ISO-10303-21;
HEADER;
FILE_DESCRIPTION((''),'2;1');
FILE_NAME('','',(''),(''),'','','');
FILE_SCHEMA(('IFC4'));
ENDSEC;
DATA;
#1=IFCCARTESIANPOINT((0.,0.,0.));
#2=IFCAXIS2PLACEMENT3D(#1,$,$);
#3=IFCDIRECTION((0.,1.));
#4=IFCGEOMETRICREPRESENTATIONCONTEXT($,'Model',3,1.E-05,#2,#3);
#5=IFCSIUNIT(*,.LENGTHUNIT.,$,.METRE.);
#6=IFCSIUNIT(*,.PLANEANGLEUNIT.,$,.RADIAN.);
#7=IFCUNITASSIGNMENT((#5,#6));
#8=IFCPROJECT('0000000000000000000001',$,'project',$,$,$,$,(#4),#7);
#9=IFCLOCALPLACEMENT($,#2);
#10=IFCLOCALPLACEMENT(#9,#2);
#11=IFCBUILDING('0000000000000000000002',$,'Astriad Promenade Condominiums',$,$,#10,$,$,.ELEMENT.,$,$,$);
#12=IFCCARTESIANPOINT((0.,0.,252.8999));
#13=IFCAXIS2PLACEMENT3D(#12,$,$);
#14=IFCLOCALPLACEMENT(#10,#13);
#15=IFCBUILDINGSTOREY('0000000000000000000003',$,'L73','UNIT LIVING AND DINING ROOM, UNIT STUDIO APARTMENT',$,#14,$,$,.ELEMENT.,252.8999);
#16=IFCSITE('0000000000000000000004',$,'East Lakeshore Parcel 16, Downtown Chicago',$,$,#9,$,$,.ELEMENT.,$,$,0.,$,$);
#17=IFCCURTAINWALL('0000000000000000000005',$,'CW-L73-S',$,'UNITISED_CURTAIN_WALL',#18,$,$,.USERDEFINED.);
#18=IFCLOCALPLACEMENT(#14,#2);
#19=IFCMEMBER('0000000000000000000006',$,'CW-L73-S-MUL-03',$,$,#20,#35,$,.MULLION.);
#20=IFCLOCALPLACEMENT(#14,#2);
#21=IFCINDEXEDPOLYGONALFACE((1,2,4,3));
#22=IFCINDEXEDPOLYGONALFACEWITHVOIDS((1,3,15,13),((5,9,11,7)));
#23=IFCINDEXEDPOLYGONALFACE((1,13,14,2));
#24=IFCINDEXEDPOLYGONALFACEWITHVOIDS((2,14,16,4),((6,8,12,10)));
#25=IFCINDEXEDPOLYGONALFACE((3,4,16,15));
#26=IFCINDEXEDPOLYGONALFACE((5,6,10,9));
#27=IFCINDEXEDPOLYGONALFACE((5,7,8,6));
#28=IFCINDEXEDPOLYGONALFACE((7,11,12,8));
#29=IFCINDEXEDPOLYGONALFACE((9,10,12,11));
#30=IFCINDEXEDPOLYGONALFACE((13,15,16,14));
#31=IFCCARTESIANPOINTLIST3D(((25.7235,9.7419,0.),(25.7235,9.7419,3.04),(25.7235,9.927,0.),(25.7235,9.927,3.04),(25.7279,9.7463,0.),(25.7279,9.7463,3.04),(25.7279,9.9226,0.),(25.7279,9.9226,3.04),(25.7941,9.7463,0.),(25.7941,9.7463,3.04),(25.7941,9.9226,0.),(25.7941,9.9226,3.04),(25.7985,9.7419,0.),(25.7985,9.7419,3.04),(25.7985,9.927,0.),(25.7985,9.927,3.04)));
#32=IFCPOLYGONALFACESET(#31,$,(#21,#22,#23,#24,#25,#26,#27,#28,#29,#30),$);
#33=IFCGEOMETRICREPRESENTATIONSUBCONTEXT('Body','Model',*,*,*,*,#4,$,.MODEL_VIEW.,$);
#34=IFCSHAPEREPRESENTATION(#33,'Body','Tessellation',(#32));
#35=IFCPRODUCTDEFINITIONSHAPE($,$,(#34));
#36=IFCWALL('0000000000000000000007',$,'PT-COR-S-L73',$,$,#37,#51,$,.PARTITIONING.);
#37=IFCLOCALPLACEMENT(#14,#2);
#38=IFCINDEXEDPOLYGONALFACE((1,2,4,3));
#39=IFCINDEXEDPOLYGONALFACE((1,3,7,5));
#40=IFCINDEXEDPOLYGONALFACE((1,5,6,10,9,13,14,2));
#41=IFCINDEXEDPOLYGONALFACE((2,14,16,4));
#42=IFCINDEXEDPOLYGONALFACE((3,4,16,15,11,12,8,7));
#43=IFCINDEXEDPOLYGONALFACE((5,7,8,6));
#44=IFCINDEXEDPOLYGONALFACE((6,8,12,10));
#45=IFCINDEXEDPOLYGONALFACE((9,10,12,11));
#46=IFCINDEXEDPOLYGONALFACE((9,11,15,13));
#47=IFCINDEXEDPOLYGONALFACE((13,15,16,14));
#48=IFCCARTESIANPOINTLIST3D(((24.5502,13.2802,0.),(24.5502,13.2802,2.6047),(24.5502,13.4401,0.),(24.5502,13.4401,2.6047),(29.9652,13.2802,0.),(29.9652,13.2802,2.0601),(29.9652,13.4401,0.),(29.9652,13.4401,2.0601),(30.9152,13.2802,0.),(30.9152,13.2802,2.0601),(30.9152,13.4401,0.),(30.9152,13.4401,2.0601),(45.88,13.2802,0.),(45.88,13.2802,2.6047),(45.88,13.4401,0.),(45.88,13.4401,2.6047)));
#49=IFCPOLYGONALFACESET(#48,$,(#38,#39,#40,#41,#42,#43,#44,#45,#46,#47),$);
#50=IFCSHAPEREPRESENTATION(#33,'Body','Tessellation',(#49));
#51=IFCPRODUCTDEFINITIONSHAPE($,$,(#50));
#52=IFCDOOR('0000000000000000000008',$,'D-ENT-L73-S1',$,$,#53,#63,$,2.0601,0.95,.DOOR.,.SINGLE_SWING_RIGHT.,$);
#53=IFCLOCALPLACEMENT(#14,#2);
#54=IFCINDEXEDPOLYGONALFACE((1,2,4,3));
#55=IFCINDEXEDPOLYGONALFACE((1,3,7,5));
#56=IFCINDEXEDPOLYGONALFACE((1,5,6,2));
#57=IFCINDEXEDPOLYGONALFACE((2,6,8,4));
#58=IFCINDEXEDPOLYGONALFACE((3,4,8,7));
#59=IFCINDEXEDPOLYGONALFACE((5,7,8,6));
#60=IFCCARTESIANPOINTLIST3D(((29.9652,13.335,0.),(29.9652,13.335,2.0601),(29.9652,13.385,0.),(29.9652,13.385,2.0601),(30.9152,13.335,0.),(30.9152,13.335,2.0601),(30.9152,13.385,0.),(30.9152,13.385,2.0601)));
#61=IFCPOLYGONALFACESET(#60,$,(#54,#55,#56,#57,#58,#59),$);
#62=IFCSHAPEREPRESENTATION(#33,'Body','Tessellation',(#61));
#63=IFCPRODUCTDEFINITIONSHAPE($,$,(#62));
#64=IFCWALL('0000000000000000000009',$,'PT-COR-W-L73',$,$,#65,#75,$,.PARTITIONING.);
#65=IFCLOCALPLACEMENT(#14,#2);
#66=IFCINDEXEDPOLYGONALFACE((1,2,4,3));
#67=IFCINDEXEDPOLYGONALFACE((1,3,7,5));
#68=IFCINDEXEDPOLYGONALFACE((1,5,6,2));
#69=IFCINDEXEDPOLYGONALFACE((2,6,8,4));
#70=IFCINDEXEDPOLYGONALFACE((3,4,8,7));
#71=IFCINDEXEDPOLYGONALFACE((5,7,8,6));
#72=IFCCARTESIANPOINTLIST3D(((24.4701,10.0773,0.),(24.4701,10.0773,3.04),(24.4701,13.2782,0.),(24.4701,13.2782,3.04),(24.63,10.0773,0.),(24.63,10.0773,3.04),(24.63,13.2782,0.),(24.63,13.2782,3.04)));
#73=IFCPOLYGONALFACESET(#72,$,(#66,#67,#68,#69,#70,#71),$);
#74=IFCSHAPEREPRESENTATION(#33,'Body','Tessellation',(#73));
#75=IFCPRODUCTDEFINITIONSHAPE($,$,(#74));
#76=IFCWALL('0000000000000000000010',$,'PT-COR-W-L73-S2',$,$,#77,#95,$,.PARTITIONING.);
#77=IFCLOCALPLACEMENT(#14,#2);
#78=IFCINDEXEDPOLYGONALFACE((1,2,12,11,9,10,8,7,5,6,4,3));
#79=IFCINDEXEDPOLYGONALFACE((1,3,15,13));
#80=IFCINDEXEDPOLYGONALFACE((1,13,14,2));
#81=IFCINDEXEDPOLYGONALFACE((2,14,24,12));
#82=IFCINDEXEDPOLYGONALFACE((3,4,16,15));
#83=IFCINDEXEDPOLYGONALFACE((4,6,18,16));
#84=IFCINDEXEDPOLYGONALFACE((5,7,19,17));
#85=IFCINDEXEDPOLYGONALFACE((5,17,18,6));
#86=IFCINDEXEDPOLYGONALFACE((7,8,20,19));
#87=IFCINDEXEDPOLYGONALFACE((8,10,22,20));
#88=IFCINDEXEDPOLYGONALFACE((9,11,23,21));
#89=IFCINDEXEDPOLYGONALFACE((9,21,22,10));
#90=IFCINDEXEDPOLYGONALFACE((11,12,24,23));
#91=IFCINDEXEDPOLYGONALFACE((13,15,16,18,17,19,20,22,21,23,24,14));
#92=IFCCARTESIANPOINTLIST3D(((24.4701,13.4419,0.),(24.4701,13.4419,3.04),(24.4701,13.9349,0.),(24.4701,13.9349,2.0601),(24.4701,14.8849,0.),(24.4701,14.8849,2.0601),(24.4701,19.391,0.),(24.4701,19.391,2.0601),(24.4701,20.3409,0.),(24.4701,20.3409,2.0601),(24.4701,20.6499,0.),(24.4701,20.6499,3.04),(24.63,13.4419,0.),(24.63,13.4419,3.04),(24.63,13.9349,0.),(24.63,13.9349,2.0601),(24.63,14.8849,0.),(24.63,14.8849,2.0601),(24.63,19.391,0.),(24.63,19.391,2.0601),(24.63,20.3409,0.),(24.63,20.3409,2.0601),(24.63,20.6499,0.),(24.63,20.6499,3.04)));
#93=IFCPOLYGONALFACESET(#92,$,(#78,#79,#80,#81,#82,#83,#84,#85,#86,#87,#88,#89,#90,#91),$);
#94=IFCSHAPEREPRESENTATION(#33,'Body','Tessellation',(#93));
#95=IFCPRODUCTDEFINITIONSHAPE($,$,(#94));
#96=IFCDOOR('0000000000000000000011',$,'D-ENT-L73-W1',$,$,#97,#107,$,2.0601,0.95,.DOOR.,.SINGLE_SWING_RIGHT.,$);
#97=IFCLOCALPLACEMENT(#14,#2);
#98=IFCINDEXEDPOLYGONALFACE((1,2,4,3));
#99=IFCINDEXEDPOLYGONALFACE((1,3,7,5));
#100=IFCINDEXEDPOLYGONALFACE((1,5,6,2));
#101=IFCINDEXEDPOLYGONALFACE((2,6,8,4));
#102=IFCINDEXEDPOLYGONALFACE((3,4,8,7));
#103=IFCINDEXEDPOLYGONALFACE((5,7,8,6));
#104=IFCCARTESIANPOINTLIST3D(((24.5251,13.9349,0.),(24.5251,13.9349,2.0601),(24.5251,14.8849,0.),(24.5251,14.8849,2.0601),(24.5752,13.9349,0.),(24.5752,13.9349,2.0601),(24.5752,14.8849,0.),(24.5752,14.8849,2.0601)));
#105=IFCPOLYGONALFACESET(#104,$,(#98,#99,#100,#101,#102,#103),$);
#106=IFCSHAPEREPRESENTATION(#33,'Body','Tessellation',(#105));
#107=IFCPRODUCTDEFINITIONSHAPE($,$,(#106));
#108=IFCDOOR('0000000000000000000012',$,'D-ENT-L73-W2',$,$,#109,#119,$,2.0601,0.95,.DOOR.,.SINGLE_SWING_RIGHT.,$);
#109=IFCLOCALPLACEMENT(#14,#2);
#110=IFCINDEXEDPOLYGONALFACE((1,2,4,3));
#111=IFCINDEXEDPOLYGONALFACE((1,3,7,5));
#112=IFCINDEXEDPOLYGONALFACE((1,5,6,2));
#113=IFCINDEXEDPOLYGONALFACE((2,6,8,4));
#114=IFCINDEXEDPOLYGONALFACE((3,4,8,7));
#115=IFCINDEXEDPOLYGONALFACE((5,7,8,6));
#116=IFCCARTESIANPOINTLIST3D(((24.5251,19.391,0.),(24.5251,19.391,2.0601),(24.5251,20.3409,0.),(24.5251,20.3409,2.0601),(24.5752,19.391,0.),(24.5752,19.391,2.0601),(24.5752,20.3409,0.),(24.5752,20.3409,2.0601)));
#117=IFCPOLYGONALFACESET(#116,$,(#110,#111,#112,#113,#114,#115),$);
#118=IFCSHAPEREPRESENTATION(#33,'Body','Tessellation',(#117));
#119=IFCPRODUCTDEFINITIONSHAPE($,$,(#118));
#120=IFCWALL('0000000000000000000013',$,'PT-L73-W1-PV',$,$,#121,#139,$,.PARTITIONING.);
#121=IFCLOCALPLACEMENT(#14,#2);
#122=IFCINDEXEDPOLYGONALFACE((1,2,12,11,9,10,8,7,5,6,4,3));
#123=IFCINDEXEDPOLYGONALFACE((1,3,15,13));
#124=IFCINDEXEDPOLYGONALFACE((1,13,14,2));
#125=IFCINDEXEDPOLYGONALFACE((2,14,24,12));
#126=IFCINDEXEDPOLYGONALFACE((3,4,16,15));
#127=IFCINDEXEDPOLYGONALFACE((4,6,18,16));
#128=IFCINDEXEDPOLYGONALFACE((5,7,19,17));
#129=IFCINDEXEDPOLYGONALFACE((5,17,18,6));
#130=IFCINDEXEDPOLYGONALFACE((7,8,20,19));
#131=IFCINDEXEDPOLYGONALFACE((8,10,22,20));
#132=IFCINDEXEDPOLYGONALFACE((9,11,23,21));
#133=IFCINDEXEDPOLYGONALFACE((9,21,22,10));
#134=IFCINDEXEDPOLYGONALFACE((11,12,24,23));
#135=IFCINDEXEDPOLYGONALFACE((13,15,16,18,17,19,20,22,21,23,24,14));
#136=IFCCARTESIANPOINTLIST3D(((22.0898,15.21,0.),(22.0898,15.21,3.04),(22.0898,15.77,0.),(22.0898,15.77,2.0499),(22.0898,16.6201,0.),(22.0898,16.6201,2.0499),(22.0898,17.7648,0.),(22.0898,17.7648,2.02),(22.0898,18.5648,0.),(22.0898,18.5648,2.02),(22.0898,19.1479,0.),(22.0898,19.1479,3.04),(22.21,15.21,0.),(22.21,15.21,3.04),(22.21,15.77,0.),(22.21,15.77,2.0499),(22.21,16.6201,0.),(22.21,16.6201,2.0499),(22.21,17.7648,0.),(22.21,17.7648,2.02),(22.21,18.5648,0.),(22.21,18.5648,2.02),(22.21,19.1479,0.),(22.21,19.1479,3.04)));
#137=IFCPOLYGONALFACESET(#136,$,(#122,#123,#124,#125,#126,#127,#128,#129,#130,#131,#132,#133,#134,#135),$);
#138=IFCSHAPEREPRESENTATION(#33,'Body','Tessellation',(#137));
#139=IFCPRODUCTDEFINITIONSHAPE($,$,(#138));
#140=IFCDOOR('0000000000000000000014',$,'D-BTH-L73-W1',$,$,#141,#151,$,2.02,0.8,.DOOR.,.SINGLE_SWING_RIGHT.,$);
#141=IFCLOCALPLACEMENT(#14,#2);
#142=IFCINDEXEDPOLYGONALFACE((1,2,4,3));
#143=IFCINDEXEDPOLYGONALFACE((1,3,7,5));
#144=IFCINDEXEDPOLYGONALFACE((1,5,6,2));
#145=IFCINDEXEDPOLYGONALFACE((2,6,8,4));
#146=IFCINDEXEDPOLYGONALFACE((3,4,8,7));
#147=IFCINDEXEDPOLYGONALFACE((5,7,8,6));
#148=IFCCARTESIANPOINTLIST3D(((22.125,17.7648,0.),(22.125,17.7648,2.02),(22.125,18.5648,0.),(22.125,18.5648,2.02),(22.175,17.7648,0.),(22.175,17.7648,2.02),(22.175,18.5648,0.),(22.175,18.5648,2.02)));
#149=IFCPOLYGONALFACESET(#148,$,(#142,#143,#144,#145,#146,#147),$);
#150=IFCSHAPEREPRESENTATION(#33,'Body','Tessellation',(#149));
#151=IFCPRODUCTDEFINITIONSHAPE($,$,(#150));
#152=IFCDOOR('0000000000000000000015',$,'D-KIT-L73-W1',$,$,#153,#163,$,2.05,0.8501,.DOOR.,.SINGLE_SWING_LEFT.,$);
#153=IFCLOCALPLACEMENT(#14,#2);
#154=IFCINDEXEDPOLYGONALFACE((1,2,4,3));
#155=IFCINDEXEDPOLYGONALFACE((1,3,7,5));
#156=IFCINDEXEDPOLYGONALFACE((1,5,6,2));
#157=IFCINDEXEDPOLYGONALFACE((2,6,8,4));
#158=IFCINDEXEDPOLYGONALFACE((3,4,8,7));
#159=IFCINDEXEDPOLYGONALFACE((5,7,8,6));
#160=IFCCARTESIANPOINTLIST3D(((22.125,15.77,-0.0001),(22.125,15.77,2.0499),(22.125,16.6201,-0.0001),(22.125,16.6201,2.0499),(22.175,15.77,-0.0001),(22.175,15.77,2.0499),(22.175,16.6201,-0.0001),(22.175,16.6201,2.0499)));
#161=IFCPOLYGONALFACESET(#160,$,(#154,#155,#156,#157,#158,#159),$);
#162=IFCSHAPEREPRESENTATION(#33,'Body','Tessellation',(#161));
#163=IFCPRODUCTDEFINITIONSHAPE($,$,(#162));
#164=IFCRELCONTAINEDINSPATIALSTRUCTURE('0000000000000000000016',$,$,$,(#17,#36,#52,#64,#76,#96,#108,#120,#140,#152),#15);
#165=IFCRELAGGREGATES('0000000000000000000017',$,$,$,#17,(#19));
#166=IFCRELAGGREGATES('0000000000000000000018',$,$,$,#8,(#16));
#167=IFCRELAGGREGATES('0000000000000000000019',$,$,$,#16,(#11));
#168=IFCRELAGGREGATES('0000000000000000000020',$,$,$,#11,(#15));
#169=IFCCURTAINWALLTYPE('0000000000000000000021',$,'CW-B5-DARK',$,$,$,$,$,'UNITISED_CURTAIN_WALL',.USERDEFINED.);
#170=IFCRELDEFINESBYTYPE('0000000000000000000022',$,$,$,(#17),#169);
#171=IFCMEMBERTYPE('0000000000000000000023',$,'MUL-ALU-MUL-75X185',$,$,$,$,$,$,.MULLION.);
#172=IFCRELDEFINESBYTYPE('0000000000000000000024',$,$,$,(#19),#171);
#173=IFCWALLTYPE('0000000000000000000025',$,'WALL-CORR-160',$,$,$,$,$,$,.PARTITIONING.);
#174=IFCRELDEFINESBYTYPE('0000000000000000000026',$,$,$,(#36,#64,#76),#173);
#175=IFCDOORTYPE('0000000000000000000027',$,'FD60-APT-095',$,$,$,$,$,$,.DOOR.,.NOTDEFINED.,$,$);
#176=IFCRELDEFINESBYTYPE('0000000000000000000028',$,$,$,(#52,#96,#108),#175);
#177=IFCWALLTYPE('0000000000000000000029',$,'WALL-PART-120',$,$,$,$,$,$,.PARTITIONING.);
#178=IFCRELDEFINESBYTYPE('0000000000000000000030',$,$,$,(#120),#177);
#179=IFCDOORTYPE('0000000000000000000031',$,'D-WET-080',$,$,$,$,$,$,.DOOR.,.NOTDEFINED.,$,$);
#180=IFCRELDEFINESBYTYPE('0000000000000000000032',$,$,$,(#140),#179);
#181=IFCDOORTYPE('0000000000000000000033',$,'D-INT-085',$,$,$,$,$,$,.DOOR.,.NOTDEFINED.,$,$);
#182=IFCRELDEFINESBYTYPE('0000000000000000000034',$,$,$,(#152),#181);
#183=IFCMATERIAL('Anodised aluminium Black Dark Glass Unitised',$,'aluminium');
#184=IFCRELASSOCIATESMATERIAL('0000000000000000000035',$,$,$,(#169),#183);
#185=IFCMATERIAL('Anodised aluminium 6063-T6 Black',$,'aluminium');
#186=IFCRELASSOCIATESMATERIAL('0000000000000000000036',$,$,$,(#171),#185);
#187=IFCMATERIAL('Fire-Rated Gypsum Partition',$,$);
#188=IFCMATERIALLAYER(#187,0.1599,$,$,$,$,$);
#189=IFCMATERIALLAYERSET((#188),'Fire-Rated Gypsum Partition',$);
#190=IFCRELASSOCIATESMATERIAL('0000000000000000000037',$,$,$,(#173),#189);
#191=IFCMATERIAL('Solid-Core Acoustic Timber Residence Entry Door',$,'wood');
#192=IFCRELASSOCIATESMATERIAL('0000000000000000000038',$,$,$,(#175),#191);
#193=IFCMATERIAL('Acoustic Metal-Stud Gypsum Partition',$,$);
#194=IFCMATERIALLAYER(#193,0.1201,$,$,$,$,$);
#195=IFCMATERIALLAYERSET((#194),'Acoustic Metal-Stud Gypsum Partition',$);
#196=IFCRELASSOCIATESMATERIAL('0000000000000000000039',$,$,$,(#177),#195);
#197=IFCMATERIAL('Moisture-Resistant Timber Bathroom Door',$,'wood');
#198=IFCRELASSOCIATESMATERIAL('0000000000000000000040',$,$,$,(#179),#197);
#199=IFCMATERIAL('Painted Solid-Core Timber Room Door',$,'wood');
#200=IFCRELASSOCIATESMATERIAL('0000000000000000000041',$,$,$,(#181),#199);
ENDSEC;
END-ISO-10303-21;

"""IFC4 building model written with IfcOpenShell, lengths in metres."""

from ifc_helpers import new_model, si_unit, direction, frame, frame_2d, origin, origin_2d, place, context, subcontext, project, spatial, rectangle, hollow_rectangle, extrude, source, transform, mapped, material, layer, layer_set, material_profile, profile_set, type_object, type_shapes, element, fill, aggregate, save


model = new_model("IFC4")

# Units and contexts
model_context = context("Model", 3, precision=1e-05, world=origin(), true_north=direction((0.0, 1.0)))
body_context = subcontext(model_context, "Body", "Model", "MODEL_VIEW")
ifc_project = project(units=[si_unit("LENGTHUNIT", "METRE"), si_unit("PLANEANGLEUNIT", "RADIAN")], contexts=[model_context])

# Site, building, storey
site_placement = place(None, origin())
site = spatial("IfcSite", under=ifc_project, at=site_placement, Name="East Lakeshore Parcel 16, Downtown Chicago", CompositionType="ELEMENT", RefElevation=0.0)
building_placement = place(site_placement, origin())
building = spatial("IfcBuilding", under=site, at=building_placement, Name="Astriad Promenade Condominiums", CompositionType="ELEMENT")
storey_placement = place(building_placement, frame((0.0, 0.0, 252.8999)))
storey = spatial("IfcBuildingStorey", under=building, at=storey_placement, Name="L73", Description="UNIT LIVING AND DINING ROOM, UNIT STUDIO APARTMENT", CompositionType="ELEMENT", Elevation=252.8999)

# Curtain wall, member
ifc_material_1 = material(Name="Anodised aluminium Black Dark Glass Unitised", Category="aluminium")
curtain_wall_type = type_object("IfcCurtainWallType", Name="CW-B5-DARK", ElementType="UNITISED_CURTAIN_WALL", PredefinedType="USERDEFINED", material=ifc_material_1)
curtain_wall_placement = place(storey_placement, origin())
curtain_wall = element("IfcCurtainWall", 1, at=curtain_wall_placement, inside=storey, type_object=curtain_wall_type, Name="CW-L73-S", ObjectType="UNITISED_CURTAIN_WALL", PredefinedType="USERDEFINED")
ifc_material_2 = material(Name="Anodised aluminium 6063-T6 Black", Category="aluminium")
ifc_material_profile_1 = material_profile(ifc_material_2, hollow_rectangle(XDim=0.075, YDim=0.1851, WallThickness=0.0044, at=origin_2d()), Name="ALU-MUL-75X185")
ifc_profile_set_1 = profile_set([ifc_material_profile_1], Name="Anodised aluminium 6063-T6 Black")
member_type = type_object("IfcMemberType", Name="MUL-ALU-MUL-75X185", PredefinedType="MULLION", material=ifc_profile_set_1)
shared_shape_1 = source(origin(), body_context, "Body", "SweptSolid", [
    extrude(hollow_rectangle(XDim=0.075, YDim=0.1851, WallThickness=0.0044, at=origin_2d()), origin(), (0.0, 0.0, 1.0), 3.04),
])
type_shapes(member_type, [shared_shape_1])
member_placement = place(storey_placement, frame((25.761, 9.8345, 0.0), z_axis=(0.0, 0.0, 1.0), x_axis=(1.0, 0.0, 0.0)))
member = element("IfcMember", 2, at=member_placement, type_object=member_type, Name="CW-L73-S-MUL-03", PredefinedType="MULLION", context=body_context, shape_type="MappedRepresentation", body=[
    mapped(shared_shape_1, transform((0.0, 0.0, 0.0), scale=1.0)),
])
aggregate(curtain_wall, [member])

# Wall, opening, door
ifc_material_3 = material(Name="Fire-Rated Gypsum Partition")
ifc_layer_1 = layer(ifc_material_3, 0.1599)
ifc_layer_set_1 = layer_set([ifc_layer_1], Name="Fire-Rated Gypsum Partition")
wall_type_1 = type_object("IfcWallType", Name="WALL-CORR-160", PredefinedType="PARTITIONING", material=ifc_layer_set_1)
wall_1_placement = place(storey_placement, frame((24.55, 13.3601, 0.0), z_axis=(0.0, 0.0, 1.0), x_axis=(1.0, 0.0, 0.0)))
wall_1 = element("IfcWall", 3, at=wall_1_placement, inside=storey, type_object=wall_type_1, Name="PT-COR-S-L73", PredefinedType="PARTITIONING", context=body_context, shape_type="SweptSolid", body=[
    extrude(rectangle(XDim=21.3298, YDim=0.1599, at=frame_2d((10.665, 0.0))), origin(), (0.0, 0.0, 1.0), 2.6047),
])
opening_1_placement = place(wall_1_placement, frame((5.415, 0.0, 0.0)))
opening_1 = element("IfcOpeningElement", 4, at=opening_1_placement, cuts=wall_1, PredefinedType="OPENING", context=body_context, shape_type="SweptSolid", body=[
    extrude(rectangle(XDim=0.95, YDim=2.0601, at=frame_2d((0.4751, 1.03))), frame((0.0, 0.0898, 0.0), z_axis=(0.0, -1.0, 0.0), x_axis=(1.0, 0.0, 0.0)), (0.0, 0.0, 1.0), 0.1799),
])
ifc_material_4 = material(Name="Solid-Core Acoustic Timber Residence Entry Door", Category="wood")
door_type_1 = type_object("IfcDoorType", Name="FD60-APT-095", OperationType="NOTDEFINED", PredefinedType="DOOR", material=ifc_material_4)
shared_shape_2 = source(origin(), body_context, "Body", "SweptSolid", [
    extrude(rectangle(XDim=0.95, YDim=2.0601, at=frame_2d((0.4751, 1.03))), frame((0.0, 0.0249, 0.0), z_axis=(0.0, -1.0, 0.0), x_axis=(1.0, 0.0, 0.0)), (0.0, 0.0, 1.0), 0.05),
])
type_shapes(door_type_1, [shared_shape_2])
door_1_placement = place(opening_1_placement, origin())
door_1 = element("IfcDoor", 5, at=door_1_placement, inside=storey, type_object=door_type_1, Name="D-ENT-L73-S1", OperationType="SINGLE_SWING_RIGHT", OverallHeight=2.0601, OverallWidth=0.95, PredefinedType="DOOR", context=body_context, shape_type="MappedRepresentation", body=[
    mapped(shared_shape_2, transform((0.0, 0.0, 0.0), scale=1.0)),
])
fill(opening_1, door_1)

# Wall
wall_2_placement = place(storey_placement, frame((24.55, 10.0771, 0.0), z_axis=(0.0, 0.0, 1.0), x_axis=(0.0, 1.0, 0.0)))
element("IfcWall", 6, at=wall_2_placement, inside=storey, type_object=wall_type_1, Name="PT-COR-W-L73", PredefinedType="PARTITIONING", context=body_context, shape_type="SweptSolid", body=[
    extrude(rectangle(XDim=3.2009, YDim=0.1599, at=frame_2d((1.6006, 0.0))), origin(), (0.0, 0.0, 1.0), 3.04),
])

# Walls, openings, doors
wall_3_placement = place(storey_placement, frame((24.55, 13.4419, 0.0), z_axis=(0.0, 0.0, 1.0), x_axis=(0.0, 1.0, 0.0)))
wall_3 = element("IfcWall", 7, at=wall_3_placement, inside=storey, type_object=wall_type_1, Name="PT-COR-W-L73-S2", PredefinedType="PARTITIONING", context=body_context, shape_type="SweptSolid", body=[
    extrude(rectangle(XDim=7.208, YDim=0.1599, at=frame_2d((3.604, 0.0))), origin(), (0.0, 0.0, 1.0), 3.04),
])
opening_2_placement = place(wall_3_placement, frame((0.4929, 0.0, 0.0)))
opening_2 = element("IfcOpeningElement", 8, at=opening_2_placement, cuts=wall_3, PredefinedType="OPENING", context=body_context, shape_type="SweptSolid", body=[
    extrude(rectangle(XDim=0.95, YDim=2.0601, at=frame_2d((0.4751, 1.03))), frame((0.0, 0.0898, 0.0), z_axis=(0.0, -1.0, 0.0), x_axis=(1.0, 0.0, 0.0)), (0.0, 0.0, 1.0), 0.1799),
])
opening_3_placement = place(wall_3_placement, frame((5.949, 0.0, 0.0)))
opening_3 = element("IfcOpeningElement", 9, at=opening_3_placement, cuts=wall_3, PredefinedType="OPENING", context=body_context, shape_type="SweptSolid", body=[
    extrude(rectangle(XDim=0.95, YDim=2.0601, at=frame_2d((0.4751, 1.03))), frame((0.0, 0.0898, 0.0), z_axis=(0.0, -1.0, 0.0), x_axis=(1.0, 0.0, 0.0)), (0.0, 0.0, 1.0), 0.1799),
])
door_2_placement = place(opening_2_placement, origin())
door_2 = element("IfcDoor", 10, at=door_2_placement, inside=storey, type_object=door_type_1, Name="D-ENT-L73-W1", OperationType="SINGLE_SWING_RIGHT", OverallHeight=2.0601, OverallWidth=0.95, PredefinedType="DOOR", context=body_context, shape_type="MappedRepresentation", body=[
    mapped(shared_shape_2, transform((0.0, 0.0, 0.0), scale=1.0)),
])
fill(opening_2, door_2)
door_3_placement = place(opening_3_placement, origin())
door_3 = element("IfcDoor", 11, at=door_3_placement, inside=storey, type_object=door_type_1, Name="D-ENT-L73-W2", OperationType="SINGLE_SWING_RIGHT", OverallHeight=2.0601, OverallWidth=0.95, PredefinedType="DOOR", context=body_context, shape_type="MappedRepresentation", body=[
    mapped(shared_shape_2, transform((0.0, 0.0, 0.0), scale=1.0)),
])
fill(opening_3, door_3)
ifc_material_5 = material(Name="Acoustic Metal-Stud Gypsum Partition")
ifc_layer_2 = layer(ifc_material_5, 0.1201)
ifc_layer_set_2 = layer_set([ifc_layer_2], Name="Acoustic Metal-Stud Gypsum Partition")
wall_type_2 = type_object("IfcWallType", Name="WALL-PART-120", PredefinedType="PARTITIONING", material=ifc_layer_set_2)
wall_4_placement = place(storey_placement, frame((22.1499, 15.21, 0.0), z_axis=(0.0, 0.0, 1.0), x_axis=(0.0, 1.0, 0.0)))
wall_4 = element("IfcWall", 12, at=wall_4_placement, inside=storey, type_object=wall_type_2, Name="PT-L73-W1-PV", PredefinedType="PARTITIONING", context=body_context, shape_type="SweptSolid", body=[
    extrude(rectangle(XDim=3.938, YDim=0.1201, at=frame_2d((1.969, 0.0))), origin(), (0.0, 0.0, 1.0), 3.04),
])
opening_4_placement = place(wall_4_placement, frame((0.5601, 0.0, 0.0)))
opening_4 = element("IfcOpeningElement", 13, at=opening_4_placement, cuts=wall_4, PredefinedType="OPENING", context=body_context, shape_type="SweptSolid", body=[
    extrude(rectangle(XDim=0.8501, YDim=2.05, at=frame_2d((0.425, 1.0249))), frame((0.0, 0.0701, 0.0), z_axis=(0.0, -1.0, 0.0), x_axis=(1.0, 0.0, 0.0)), (0.0, 0.0, 1.0), 0.1401),
])
opening_5_placement = place(wall_4_placement, frame((2.5549, 0.0, 0.0)))
opening_5 = element("IfcOpeningElement", 14, at=opening_5_placement, cuts=wall_4, PredefinedType="OPENING", context=body_context, shape_type="SweptSolid", body=[
    extrude(rectangle(XDim=0.8, YDim=2.02, at=frame_2d((0.3999, 1.01))), frame((0.0, 0.0701, 0.0), z_axis=(0.0, -1.0, 0.0), x_axis=(1.0, 0.0, 0.0)), (0.0, 0.0, 1.0), 0.1401),
])
ifc_material_6 = material(Name="Moisture-Resistant Timber Bathroom Door", Category="wood")
door_type_2 = type_object("IfcDoorType", Name="D-WET-080", OperationType="NOTDEFINED", PredefinedType="DOOR", material=ifc_material_6)
shared_shape_3 = source(origin(), body_context, "Body", "SweptSolid", [
    extrude(rectangle(XDim=0.8, YDim=2.02, at=frame_2d((0.3999, 1.01))), frame((0.0, 0.0249, 0.0), z_axis=(0.0, -1.0, 0.0), x_axis=(1.0, 0.0, 0.0)), (0.0, 0.0, 1.0), 0.05),
])
type_shapes(door_type_2, [shared_shape_3])
door_4_placement = place(opening_5_placement, origin())
door_4 = element("IfcDoor", 15, at=door_4_placement, inside=storey, type_object=door_type_2, Name="D-BTH-L73-W1", OperationType="SINGLE_SWING_RIGHT", OverallHeight=2.02, OverallWidth=0.8, PredefinedType="DOOR", context=body_context, shape_type="MappedRepresentation", body=[
    mapped(shared_shape_3, transform((0.0, 0.0, 0.0), scale=1.0)),
])
fill(opening_5, door_4)
ifc_material_7 = material(Name="Painted Solid-Core Timber Room Door", Category="wood")
door_type_3 = type_object("IfcDoorType", Name="D-INT-085", OperationType="NOTDEFINED", PredefinedType="DOOR", material=ifc_material_7)
shared_shape_4 = source(origin(), body_context, "Body", "SweptSolid", [
    extrude(rectangle(XDim=0.8501, YDim=2.05, at=frame_2d((0.425, 1.0249))), frame((0.0, 0.0249, 0.0), z_axis=(0.0, -1.0, 0.0), x_axis=(1.0, 0.0, 0.0)), (0.0, 0.0, 1.0), 0.05),
])
type_shapes(door_type_3, [shared_shape_4])
door_5_placement = place(opening_4_placement, origin())
door_5 = element("IfcDoor", 16, at=door_5_placement, inside=storey, type_object=door_type_3, Name="D-KIT-L73-W1", OperationType="SINGLE_SWING_LEFT", OverallHeight=2.05, OverallWidth=0.8501, PredefinedType="DOOR", context=body_context, shape_type="MappedRepresentation", body=[
    mapped(shared_shape_4, transform((0.0, 0.0, 0.0), scale=1.0)),
])
fill(opening_4, door_5)

save(model, "model.ifc")
